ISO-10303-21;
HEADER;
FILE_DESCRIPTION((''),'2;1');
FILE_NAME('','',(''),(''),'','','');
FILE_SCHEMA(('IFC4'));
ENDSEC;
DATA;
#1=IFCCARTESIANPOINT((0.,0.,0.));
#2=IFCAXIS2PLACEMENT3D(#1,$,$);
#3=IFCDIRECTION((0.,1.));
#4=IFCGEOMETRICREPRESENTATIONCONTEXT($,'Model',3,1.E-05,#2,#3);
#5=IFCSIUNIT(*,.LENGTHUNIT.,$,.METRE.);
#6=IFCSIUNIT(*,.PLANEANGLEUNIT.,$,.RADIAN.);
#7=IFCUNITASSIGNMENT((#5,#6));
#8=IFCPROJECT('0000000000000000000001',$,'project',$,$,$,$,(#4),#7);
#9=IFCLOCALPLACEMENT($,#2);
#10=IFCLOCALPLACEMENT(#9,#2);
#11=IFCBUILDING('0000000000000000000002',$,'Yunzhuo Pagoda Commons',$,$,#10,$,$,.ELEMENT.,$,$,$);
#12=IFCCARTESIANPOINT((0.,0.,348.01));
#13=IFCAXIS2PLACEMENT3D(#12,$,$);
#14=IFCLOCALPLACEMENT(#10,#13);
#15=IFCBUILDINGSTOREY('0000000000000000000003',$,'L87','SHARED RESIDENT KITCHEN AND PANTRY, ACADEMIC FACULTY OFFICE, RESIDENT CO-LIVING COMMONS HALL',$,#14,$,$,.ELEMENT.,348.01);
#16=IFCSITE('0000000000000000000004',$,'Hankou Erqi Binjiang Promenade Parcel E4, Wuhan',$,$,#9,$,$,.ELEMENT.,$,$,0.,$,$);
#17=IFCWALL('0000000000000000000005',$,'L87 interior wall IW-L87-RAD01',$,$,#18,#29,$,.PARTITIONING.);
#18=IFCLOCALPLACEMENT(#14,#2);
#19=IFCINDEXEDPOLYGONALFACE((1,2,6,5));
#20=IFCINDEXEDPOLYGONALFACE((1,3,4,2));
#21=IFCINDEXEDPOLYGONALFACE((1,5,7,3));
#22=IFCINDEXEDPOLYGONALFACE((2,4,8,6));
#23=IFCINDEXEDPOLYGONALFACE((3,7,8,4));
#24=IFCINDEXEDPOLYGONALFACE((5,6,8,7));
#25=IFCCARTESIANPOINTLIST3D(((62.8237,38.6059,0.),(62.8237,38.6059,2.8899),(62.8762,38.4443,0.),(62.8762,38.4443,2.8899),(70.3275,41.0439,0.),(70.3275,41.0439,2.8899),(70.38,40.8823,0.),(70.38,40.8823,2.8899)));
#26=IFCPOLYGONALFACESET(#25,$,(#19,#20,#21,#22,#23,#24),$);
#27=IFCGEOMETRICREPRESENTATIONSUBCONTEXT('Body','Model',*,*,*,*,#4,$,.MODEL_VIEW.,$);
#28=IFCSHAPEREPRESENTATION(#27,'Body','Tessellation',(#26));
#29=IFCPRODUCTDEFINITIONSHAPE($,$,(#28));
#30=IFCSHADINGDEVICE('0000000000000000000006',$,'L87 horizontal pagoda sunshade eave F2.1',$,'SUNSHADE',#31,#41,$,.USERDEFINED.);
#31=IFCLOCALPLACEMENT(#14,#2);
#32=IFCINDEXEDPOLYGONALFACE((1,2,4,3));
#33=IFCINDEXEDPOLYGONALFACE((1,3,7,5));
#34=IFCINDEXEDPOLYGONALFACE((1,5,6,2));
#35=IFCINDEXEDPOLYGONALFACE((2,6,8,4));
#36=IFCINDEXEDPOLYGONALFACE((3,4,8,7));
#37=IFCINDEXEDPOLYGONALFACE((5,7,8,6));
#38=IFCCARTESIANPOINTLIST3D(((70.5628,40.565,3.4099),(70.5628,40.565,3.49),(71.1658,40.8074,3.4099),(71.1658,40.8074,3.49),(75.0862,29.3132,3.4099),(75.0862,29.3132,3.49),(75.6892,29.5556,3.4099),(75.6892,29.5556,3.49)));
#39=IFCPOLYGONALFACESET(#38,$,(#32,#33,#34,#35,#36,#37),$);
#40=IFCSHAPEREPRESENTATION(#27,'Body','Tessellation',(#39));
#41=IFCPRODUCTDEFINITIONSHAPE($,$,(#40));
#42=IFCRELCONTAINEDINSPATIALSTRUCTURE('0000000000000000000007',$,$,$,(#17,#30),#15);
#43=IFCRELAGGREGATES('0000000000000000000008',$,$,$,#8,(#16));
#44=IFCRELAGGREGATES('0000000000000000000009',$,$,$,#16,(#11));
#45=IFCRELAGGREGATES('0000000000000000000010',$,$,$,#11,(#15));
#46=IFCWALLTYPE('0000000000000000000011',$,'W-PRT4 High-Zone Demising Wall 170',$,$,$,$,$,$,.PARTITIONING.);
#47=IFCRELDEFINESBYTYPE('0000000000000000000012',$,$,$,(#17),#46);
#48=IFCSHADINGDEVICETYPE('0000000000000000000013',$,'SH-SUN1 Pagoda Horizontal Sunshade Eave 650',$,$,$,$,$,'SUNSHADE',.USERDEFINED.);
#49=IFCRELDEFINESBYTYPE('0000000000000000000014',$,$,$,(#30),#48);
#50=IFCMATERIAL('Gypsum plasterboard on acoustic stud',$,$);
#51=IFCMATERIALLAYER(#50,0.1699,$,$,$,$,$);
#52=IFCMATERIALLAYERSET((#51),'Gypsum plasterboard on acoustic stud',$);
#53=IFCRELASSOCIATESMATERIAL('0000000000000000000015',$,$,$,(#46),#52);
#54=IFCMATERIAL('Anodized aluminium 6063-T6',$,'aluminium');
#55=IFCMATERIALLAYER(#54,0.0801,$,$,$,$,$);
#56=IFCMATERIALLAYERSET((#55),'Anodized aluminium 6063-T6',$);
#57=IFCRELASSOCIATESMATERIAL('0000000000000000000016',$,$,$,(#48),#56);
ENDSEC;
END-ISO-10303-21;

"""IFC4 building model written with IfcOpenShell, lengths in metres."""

from ifc_helpers import new_model, si_unit, direction, frame, frame_2d, origin, origin_2d, place, context, subcontext, project, spatial, rectangle, extrude, source, transform, mapped, material, layer, layer_set, type_object, element, save


model = new_model("IFC4")

# Units and contexts
model_context = context("Model", 3, precision=1e-05, world=origin(), true_north=direction((0.0, 1.0)))
body_context = subcontext(model_context, "Body", "Model", "MODEL_VIEW")
ifc_project = project(units=[si_unit("LENGTHUNIT", "METRE"), si_unit("PLANEANGLEUNIT", "RADIAN")], contexts=[model_context])

# Site, building, storey
site_placement = place(None, origin())
site = spatial("IfcSite", under=ifc_project, at=site_placement, Name="Hankou Erqi Binjiang Promenade Parcel E4, Wuhan", CompositionType="ELEMENT", RefElevation=0.0)
building_placement = place(site_placement, origin())
building = spatial("IfcBuilding", under=site, at=building_placement, Name="Yunzhuo Pagoda Commons", CompositionType="ELEMENT")
storey_placement = place(building_placement, frame((0.0, 0.0, 348.01)))
storey = spatial("IfcBuildingStorey", under=building, at=storey_placement, Name="L87", Description="SHARED RESIDENT KITCHEN AND PANTRY, ACADEMIC FACULTY OFFICE, RESIDENT CO-LIVING COMMONS HALL", CompositionType="ELEMENT", Elevation=348.01)

# Shared definitions
ifc_material_1 = material(Name="Anodized aluminium 6063-T6", Category="aluminium")

# Shared definitions
ifc_material_2 = material(Name="Gypsum plasterboard on acoustic stud")

# Wall
ifc_layer_1 = layer(ifc_material_2, 0.1699)
ifc_layer_set_1 = layer_set([ifc_layer_1], Name="Gypsum plasterboard on acoustic stud")
wall_type_1 = type_object("IfcWallType", Name="W-PRT4 High-Zone Demising Wall 170", PredefinedType="PARTITIONING", material=ifc_layer_set_1)
wall_1_placement = place(storey_placement, frame((62.8501, 38.5251, 0.0), z_axis=(0.0, 0.0, 1.0), x_axis=(0.95106, 0.309006, 0.0)))
element("IfcWall", 1, at=wall_1_placement, inside=storey, type_object=wall_type_1, Name="L87 interior wall IW-L87-RAD01", PredefinedType="PARTITIONING", context=body_context, shape_type="SweptSolid", body=[
    extrude(rectangle(XDim=7.8899, YDim=0.1699, at=frame_2d((3.9448, 0.0))), origin(), (0.0, 0.0, 1.0), 2.8899),
])

# Shading device
ifc_layer_2 = layer(ifc_material_1, 0.0801)
ifc_layer_set_2 = layer_set([ifc_layer_2], Name="Anodized aluminium 6063-T6")
shading_device_type = type_object("IfcShadingDeviceType", Name="SH-SUN1 Pagoda Horizontal Sunshade Eave 650", ElementType="SUNSHADE", PredefinedType="USERDEFINED", material=ifc_layer_set_2)
shared_shape_1 = source(origin(), body_context, "Body", "SweptSolid", [
    extrude(rectangle(XDim=12.127, YDim=0.6499, at=origin_2d()), origin(), (0.0, 0.0, 1.0), 0.0801),
])
shading_device_placement = place(storey_placement, frame((73.126, 35.0603, 3.4099), z_axis=(0.0, 0.0, 1.0), x_axis=(-0.373004, 0.92783, 0.0)))
element("IfcShadingDevice", 2, at=shading_device_placement, inside=storey, type_object=shading_device_type, Name="L87 horizontal pagoda sunshade eave F2.1", ObjectType="SUNSHADE", PredefinedType="USERDEFINED", context=body_context, shape_type="MappedRepresentation", body=[
    mapped(shared_shape_1, transform((0.0, 0.0, 0.0), scale=1.0)),
])

save(model, "model.ifc")
